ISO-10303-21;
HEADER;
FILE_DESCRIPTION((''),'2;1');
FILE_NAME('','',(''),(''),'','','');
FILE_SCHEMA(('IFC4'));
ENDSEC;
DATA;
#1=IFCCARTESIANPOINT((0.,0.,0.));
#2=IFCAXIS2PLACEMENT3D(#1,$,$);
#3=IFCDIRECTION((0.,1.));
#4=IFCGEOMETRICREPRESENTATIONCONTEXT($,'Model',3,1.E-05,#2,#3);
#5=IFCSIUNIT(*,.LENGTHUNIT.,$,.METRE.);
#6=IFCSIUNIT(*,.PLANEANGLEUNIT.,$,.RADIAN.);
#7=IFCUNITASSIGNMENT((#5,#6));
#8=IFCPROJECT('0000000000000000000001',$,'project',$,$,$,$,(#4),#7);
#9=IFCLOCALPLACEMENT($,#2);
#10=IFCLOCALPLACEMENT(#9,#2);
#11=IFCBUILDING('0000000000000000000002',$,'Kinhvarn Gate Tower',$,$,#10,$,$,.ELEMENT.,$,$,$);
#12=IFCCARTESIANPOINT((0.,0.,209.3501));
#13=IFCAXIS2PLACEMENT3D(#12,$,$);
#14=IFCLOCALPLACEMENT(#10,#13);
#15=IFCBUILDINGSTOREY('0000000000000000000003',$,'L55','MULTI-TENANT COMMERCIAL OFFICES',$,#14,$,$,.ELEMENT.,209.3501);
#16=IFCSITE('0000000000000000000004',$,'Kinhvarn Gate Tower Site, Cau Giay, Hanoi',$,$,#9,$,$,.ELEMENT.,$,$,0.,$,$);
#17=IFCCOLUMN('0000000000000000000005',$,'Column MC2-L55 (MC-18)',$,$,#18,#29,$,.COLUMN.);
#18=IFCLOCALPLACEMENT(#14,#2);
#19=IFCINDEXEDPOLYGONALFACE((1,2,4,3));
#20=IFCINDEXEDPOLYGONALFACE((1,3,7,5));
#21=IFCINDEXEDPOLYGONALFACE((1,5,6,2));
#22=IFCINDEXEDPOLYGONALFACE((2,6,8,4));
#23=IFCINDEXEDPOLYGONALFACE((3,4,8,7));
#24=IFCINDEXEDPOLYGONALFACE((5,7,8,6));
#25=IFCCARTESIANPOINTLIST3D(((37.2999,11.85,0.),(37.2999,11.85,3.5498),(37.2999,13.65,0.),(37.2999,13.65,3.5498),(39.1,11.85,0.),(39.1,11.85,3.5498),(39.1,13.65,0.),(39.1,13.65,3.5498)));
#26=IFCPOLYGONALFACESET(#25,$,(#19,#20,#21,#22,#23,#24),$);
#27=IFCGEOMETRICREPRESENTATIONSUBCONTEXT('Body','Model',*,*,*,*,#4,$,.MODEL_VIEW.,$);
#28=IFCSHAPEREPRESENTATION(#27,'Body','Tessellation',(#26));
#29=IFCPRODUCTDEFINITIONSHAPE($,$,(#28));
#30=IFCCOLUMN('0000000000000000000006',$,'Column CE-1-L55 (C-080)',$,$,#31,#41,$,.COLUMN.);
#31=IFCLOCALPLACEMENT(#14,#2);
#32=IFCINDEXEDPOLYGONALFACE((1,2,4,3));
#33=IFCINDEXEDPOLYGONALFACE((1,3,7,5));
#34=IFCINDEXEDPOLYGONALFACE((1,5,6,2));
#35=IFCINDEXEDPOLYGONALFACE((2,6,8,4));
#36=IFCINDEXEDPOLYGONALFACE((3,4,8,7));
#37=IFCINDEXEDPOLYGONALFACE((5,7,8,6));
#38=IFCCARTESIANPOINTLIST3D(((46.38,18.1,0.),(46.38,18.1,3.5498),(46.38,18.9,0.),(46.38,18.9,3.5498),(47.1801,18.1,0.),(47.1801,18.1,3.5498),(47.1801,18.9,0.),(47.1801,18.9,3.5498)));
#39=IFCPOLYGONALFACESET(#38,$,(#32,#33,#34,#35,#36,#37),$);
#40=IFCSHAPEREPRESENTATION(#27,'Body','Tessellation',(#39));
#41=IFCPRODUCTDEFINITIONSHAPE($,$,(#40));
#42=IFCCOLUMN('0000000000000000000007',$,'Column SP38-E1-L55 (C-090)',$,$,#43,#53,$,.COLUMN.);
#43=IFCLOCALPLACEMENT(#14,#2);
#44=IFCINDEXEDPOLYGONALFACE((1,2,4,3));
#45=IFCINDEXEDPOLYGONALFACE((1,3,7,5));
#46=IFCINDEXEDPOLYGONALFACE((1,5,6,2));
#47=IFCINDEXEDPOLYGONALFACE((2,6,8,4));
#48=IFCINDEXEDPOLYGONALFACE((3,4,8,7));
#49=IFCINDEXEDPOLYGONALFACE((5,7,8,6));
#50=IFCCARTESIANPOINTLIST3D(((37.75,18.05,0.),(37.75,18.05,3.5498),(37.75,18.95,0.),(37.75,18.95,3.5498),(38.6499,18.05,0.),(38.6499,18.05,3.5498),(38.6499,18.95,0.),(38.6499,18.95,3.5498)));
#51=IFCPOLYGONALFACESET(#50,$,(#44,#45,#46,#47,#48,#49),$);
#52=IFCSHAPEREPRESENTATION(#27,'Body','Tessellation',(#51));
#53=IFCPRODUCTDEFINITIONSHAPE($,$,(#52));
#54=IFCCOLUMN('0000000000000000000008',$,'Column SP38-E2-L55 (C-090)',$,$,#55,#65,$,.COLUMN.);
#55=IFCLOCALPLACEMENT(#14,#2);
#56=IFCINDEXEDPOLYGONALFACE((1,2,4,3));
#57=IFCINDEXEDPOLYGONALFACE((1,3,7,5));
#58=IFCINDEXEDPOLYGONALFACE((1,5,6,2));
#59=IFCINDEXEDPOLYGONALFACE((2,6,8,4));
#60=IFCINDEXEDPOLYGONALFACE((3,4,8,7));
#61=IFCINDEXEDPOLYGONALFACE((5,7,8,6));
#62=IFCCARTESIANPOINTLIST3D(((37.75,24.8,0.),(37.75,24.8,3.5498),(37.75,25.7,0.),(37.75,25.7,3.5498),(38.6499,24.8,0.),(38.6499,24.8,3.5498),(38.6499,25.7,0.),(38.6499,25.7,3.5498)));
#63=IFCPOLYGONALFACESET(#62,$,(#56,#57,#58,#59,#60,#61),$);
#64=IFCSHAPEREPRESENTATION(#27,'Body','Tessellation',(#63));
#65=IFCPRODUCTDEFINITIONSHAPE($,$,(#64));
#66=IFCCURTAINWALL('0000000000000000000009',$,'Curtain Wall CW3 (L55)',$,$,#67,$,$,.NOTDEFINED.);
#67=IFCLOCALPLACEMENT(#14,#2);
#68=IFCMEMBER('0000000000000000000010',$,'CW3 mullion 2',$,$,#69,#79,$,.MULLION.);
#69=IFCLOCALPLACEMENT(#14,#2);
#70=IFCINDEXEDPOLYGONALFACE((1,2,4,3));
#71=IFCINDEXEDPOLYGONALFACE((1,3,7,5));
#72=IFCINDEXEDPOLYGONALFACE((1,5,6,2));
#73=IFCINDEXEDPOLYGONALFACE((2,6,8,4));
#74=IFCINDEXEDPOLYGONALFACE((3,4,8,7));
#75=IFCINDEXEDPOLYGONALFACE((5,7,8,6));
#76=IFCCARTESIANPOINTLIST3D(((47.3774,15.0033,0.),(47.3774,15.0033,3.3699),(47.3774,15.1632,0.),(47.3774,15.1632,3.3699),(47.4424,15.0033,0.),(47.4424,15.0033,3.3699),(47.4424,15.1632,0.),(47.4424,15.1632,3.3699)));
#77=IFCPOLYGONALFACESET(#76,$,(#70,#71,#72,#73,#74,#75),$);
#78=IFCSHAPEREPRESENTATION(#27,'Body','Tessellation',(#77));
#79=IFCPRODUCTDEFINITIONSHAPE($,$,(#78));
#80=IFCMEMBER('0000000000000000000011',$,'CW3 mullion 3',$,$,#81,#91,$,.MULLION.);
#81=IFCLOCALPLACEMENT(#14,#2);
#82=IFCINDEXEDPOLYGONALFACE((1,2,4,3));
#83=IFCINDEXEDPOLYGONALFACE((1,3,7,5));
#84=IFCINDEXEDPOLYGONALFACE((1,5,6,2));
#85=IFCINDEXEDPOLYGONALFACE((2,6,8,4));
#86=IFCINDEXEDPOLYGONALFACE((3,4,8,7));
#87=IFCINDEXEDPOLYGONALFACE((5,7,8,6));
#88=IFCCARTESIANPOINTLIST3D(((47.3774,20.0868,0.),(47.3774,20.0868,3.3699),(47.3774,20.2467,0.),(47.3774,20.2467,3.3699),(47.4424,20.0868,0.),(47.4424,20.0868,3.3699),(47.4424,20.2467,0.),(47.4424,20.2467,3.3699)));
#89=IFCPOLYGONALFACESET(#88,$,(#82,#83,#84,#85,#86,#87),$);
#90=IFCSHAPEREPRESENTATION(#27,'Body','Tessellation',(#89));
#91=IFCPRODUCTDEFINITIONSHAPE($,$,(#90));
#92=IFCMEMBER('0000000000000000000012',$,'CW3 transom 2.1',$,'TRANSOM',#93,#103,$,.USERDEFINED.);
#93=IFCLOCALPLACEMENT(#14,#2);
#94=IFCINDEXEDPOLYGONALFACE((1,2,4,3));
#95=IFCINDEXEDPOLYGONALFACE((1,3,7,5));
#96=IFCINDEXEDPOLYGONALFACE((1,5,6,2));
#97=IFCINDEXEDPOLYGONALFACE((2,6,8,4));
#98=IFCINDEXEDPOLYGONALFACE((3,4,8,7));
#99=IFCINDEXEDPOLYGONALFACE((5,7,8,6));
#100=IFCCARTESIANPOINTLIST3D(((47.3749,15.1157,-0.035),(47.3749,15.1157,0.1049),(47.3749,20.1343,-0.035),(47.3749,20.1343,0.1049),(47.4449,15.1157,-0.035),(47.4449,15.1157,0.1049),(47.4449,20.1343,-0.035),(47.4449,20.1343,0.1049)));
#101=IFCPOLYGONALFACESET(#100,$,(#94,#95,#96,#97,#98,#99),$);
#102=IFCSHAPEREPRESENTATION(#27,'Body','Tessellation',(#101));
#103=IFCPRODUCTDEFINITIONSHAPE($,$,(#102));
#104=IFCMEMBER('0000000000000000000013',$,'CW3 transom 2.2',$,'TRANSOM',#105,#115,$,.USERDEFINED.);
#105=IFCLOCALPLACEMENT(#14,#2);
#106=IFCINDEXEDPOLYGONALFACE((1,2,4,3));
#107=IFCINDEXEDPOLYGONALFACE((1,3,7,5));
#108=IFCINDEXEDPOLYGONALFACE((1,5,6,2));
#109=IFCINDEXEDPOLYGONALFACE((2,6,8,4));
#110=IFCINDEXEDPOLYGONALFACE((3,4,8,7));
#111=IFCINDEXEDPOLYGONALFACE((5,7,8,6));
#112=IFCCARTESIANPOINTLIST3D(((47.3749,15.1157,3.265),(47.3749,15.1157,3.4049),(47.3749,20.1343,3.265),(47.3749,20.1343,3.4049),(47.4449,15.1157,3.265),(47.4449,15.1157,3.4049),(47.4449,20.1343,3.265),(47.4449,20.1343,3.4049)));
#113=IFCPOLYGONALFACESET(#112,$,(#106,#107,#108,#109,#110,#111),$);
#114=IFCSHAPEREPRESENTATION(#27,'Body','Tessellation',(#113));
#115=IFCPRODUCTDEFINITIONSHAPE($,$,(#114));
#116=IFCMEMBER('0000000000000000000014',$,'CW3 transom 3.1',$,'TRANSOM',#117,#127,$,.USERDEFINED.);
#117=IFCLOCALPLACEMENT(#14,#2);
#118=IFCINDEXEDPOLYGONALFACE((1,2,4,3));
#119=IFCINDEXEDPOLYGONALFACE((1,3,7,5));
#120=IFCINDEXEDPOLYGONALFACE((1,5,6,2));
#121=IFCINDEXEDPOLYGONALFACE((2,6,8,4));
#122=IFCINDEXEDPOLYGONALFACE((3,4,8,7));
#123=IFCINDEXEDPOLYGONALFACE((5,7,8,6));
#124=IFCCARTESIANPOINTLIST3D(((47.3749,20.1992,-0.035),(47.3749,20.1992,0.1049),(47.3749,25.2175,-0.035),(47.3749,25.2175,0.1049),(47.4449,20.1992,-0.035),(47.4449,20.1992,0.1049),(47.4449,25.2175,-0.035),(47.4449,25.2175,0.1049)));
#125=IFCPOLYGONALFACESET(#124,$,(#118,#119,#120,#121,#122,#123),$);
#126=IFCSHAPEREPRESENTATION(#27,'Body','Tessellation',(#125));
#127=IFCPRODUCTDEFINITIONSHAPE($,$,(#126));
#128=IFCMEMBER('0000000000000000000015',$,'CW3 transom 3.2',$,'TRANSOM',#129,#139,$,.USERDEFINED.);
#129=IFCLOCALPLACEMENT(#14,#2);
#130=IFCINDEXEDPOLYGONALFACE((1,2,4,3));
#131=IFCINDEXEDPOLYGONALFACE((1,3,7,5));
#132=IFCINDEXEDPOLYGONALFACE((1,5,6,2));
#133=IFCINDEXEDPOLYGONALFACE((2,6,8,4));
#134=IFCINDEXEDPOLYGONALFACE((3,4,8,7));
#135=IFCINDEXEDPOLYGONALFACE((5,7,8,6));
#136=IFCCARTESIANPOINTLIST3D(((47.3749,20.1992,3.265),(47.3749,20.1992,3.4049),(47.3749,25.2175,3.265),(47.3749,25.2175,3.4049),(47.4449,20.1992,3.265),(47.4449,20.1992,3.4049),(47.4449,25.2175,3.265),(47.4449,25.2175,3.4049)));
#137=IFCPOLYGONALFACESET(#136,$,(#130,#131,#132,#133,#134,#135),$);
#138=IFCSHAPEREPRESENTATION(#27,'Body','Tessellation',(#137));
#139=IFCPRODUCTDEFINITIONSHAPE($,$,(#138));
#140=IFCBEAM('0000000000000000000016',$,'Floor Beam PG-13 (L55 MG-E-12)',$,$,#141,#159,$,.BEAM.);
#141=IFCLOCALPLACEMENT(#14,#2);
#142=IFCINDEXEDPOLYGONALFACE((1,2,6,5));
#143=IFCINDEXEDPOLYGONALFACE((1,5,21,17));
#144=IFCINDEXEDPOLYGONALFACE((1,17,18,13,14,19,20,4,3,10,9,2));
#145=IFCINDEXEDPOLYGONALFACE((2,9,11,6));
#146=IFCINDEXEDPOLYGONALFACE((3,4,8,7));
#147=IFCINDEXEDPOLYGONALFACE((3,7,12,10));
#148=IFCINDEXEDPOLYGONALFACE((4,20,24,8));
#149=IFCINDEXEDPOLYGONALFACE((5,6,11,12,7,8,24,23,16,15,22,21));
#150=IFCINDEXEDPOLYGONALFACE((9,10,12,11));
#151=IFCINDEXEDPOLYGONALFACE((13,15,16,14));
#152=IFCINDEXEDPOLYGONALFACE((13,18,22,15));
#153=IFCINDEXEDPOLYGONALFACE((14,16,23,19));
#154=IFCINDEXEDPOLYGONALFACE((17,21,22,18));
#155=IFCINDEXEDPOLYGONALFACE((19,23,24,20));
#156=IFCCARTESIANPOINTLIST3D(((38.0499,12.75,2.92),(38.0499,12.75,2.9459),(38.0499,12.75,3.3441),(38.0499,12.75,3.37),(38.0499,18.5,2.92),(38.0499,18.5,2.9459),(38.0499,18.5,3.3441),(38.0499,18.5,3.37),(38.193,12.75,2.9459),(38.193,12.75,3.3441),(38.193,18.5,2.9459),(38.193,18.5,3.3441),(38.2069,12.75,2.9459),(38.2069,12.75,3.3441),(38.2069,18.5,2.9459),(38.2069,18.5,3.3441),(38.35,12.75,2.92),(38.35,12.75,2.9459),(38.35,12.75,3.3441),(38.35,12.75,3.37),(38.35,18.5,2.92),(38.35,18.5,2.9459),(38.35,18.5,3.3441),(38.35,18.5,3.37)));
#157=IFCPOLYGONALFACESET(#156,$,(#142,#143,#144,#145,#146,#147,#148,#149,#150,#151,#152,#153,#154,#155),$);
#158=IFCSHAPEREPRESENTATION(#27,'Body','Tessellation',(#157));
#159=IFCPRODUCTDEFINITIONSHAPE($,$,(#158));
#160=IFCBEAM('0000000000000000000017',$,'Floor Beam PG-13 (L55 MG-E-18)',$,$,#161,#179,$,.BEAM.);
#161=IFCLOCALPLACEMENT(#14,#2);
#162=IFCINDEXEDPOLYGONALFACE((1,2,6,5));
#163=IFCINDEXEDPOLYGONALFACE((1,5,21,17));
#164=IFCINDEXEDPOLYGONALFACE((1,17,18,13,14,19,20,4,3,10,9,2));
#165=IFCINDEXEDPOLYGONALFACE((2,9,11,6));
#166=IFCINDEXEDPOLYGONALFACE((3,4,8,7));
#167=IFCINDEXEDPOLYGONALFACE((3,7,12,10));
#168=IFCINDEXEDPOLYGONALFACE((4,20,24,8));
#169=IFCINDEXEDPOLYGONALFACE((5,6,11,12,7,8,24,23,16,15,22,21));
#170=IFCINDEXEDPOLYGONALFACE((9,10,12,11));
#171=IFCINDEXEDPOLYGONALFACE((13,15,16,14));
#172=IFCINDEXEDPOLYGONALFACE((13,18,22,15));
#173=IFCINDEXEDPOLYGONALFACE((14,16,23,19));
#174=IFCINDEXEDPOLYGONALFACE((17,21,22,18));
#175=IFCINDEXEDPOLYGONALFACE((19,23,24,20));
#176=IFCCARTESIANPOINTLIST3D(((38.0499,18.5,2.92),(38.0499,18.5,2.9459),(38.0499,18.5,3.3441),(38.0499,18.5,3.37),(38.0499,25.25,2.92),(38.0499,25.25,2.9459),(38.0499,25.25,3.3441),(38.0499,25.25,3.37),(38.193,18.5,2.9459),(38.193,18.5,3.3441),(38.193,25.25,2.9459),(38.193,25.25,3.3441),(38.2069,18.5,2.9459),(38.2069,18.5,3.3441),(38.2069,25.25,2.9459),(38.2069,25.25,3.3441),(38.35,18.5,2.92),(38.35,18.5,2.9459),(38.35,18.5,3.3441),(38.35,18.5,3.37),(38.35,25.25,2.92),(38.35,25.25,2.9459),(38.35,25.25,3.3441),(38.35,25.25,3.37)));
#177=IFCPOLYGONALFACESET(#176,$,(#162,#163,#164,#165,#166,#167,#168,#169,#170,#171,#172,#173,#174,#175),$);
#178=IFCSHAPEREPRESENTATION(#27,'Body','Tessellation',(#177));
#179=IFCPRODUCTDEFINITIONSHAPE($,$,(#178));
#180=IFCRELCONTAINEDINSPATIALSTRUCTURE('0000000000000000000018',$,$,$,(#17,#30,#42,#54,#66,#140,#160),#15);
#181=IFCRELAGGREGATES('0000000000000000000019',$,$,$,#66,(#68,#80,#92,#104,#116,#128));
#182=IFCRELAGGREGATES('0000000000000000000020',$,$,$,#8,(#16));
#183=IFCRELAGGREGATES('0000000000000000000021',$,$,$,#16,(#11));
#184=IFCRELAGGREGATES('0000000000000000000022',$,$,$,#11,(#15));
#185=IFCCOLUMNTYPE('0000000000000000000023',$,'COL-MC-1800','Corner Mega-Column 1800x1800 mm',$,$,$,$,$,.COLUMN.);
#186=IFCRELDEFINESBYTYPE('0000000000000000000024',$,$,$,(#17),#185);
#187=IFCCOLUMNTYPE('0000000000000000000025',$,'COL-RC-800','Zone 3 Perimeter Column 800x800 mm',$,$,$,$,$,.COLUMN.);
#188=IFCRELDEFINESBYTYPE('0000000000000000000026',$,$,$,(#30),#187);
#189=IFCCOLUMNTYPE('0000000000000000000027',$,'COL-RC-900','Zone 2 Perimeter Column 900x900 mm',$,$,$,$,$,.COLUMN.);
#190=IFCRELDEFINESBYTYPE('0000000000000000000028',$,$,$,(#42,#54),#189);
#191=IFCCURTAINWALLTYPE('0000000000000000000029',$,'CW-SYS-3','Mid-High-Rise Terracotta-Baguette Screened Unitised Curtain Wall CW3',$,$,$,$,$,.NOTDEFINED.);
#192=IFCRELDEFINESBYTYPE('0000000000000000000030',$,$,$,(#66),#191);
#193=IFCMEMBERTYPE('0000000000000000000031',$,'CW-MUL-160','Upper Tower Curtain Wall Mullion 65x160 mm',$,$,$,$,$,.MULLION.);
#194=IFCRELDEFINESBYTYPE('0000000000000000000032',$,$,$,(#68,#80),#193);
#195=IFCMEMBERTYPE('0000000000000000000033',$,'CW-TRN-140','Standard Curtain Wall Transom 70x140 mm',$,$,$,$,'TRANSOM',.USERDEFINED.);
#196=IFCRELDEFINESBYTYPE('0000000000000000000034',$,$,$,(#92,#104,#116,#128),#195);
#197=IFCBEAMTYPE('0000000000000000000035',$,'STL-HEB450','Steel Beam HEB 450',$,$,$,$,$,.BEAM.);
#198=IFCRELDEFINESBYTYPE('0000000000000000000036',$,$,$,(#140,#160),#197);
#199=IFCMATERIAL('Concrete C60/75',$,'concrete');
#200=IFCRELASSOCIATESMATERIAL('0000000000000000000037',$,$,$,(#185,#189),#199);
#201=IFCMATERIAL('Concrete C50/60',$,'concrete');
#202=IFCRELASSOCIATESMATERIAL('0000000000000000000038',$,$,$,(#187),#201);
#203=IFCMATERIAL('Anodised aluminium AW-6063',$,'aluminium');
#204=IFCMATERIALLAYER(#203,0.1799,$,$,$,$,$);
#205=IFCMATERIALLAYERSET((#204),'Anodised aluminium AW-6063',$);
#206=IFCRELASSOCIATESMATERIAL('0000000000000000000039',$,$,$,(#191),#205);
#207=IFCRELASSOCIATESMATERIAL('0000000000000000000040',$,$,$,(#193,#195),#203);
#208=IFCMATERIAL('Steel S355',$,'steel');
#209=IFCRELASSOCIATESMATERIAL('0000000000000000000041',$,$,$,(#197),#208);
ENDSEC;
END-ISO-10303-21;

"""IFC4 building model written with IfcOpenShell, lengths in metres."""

from ifc_helpers import new_model, si_unit, direction, frame, origin, origin_2d, place, context, subcontext, project, spatial, rectangle, i_section, extrude, material, layer, layer_set, material_profile, profile_set, type_object, element, aggregate, save


model = new_model("IFC4")

# Units and contexts
model_context = context("Model", 3, precision=1e-05, world=origin(), true_north=direction((0.0, 1.0)))
body_context = subcontext(model_context, "Body", "Model", "MODEL_VIEW")
ifc_project = project(units=[si_unit("LENGTHUNIT", "METRE"), si_unit("PLANEANGLEUNIT", "RADIAN")], contexts=[model_context])

# Site, building, storey
site_placement = place(None, origin())
site = spatial("IfcSite", under=ifc_project, at=site_placement, Name="Kinhvarn Gate Tower Site, Cau Giay, Hanoi", CompositionType="ELEMENT", RefElevation=0.0)
building_placement = place(site_placement, origin())
building = spatial("IfcBuilding", under=site, at=building_placement, Name="Kinhvarn Gate Tower", CompositionType="ELEMENT")
storey_placement = place(building_placement, frame((0.0, 0.0, 209.3501)))
storey = spatial("IfcBuildingStorey", under=building, at=storey_placement, Name="L55", Description="MULTI-TENANT COMMERCIAL OFFICES", CompositionType="ELEMENT", Elevation=209.3501)

# Columns
ifc_material_1 = material(Name="Concrete C60/75", Category="concrete")
ifc_material_profile_1 = material_profile(ifc_material_1, rectangle(XDim=1.8, YDim=1.8, at=origin_2d()), Name="RC 1800x1800")
ifc_profile_set_1 = profile_set([ifc_material_profile_1], Name="Concrete C60/75")
column_type_1 = type_object("IfcColumnType", Name="COL-MC-1800", Description="Corner Mega-Column 1800x1800 mm", PredefinedType="COLUMN", material=ifc_profile_set_1)
column_1_placement = place(storey_placement, frame((38.2, 12.75, 0.0), z_axis=(0.0, 0.0, 1.0), x_axis=(1.0, 0.0, 0.0)))
element("IfcColumn", 1, at=column_1_placement, inside=storey, type_object=column_type_1, Name="Column MC2-L55 (MC-18)", PredefinedType="COLUMN", context=body_context, shape_type="SweptSolid", body=[
    extrude(rectangle(XDim=1.8, YDim=1.8, at=origin_2d()), origin(), (0.0, 0.0, 1.0), 3.5498),
])
ifc_material_2 = material(Name="Concrete C50/60", Category="concrete")
ifc_material_profile_2 = material_profile(ifc_material_2, rectangle(XDim=0.8, YDim=0.8, at=origin_2d()), Name="RC 800x800")
ifc_profile_set_2 = profile_set([ifc_material_profile_2], Name="Concrete C50/60")
column_type_2 = type_object("IfcColumnType", Name="COL-RC-800", Description="Zone 3 Perimeter Column 800x800 mm", PredefinedType="COLUMN", material=ifc_profile_set_2)
column_2_placement = place(storey_placement, frame((46.78, 18.5, 0.0), z_axis=(0.0, 0.0, 1.0), x_axis=(1.0, 0.0, 0.0)))
element("IfcColumn", 2, at=column_2_placement, inside=storey, type_object=column_type_2, Name="Column CE-1-L55 (C-080)", PredefinedType="COLUMN", context=body_context, shape_type="SweptSolid", body=[
    extrude(rectangle(XDim=0.8, YDim=0.8, at=origin_2d()), origin(), (0.0, 0.0, 1.0), 3.5498),
])
ifc_material_profile_3 = material_profile(ifc_material_1, rectangle(XDim=0.8999, YDim=0.8999, at=origin_2d()), Name="RC 900x900")
ifc_profile_set_3 = profile_set([ifc_material_profile_3], Name="Concrete C60/75")
column_type_3 = type_object("IfcColumnType", Name="COL-RC-900", Description="Zone 2 Perimeter Column 900x900 mm", PredefinedType="COLUMN", material=ifc_profile_set_3)
for number, where, z_axis, x_axis, name in (
    (3, (38.2, 18.5, 0.0), (0.0, 0.0, 1.0), (1.0, 0.0, 0.0), "Column SP38-E1-L55 (C-090)"),
    (4, (38.2, 25.25, 0.0), (0.0, 0.0, 1.0), (1.0, 0.0, 0.0), "Column SP38-E2-L55 (C-090)"),
):
    element("IfcColumn", number, at=place(storey_placement, frame(where, z_axis=z_axis, x_axis=x_axis)), inside=storey, type_object=column_type_3, Name=name, PredefinedType="COLUMN", context=body_context, shape_type="SweptSolid", body=[
        extrude(rectangle(XDim=0.8999, YDim=0.8999, at=origin_2d()), origin(), (0.0, 0.0, 1.0), 3.5498),
    ])

# Curtain wall, members
ifc_material_3 = material(Name="Anodised aluminium AW-6063", Category="aluminium")
ifc_layer_1 = layer(ifc_material_3, 0.1799)
ifc_layer_set_1 = layer_set([ifc_layer_1], Name="Anodised aluminium AW-6063")
curtain_wall_type = type_object("IfcCurtainWallType", Name="CW-SYS-3", Description="Mid-High-Rise Terracotta-Baguette Screened Unitised Curtain Wall CW3", PredefinedType="NOTDEFINED", material=ifc_layer_set_1)
curtain_wall_placement = place(storey_placement, origin())
curtain_wall = element("IfcCurtainWall", 5, at=curtain_wall_placement, inside=storey, type_object=curtain_wall_type, Name="Curtain Wall CW3 (L55)", PredefinedType="NOTDEFINED")
ifc_material_profile_4 = material_profile(ifc_material_3, rectangle(XDim=0.0649, YDim=0.1599, at=origin_2d()), Name="ALU 65x160")
ifc_profile_set_4 = profile_set([ifc_material_profile_4], Name="Anodised aluminium AW-6063")
member_type_1 = type_object("IfcMemberType", Name="CW-MUL-160", Description="Upper Tower Curtain Wall Mullion 65x160 mm", PredefinedType="MULLION", material=ifc_profile_set_4)
member_1_placement = place(storey_placement, frame((47.4099, 15.0833, 0.0), z_axis=(0.0, 0.0, 1.0), x_axis=(-1.0, 0.0, 0.0)))
member_1 = element("IfcMember", 6, at=member_1_placement, type_object=member_type_1, Name="CW3 mullion 2", PredefinedType="MULLION", context=body_context, shape_type="SweptSolid", body=[
    extrude(rectangle(XDim=0.0649, YDim=0.1599, at=origin_2d()), origin(), (0.0, 0.0, 1.0), 3.3699),
])
member_2_placement = place(storey_placement, frame((47.4099, 20.1667, 0.0), z_axis=(0.0, 0.0, 1.0), x_axis=(-1.0, 0.0, 0.0)))
member_2 = element("IfcMember", 7, at=member_2_placement, type_object=member_type_1, Name="CW3 mullion 3", PredefinedType="MULLION", context=body_context, shape_type="SweptSolid", body=[
    extrude(rectangle(XDim=0.0649, YDim=0.1599, at=origin_2d()), origin(), (0.0, 0.0, 1.0), 3.3699),
])
ifc_material_profile_5 = material_profile(ifc_material_3, rectangle(XDim=0.0701, YDim=0.1399, at=origin_2d()), Name="ALU 70x140")
ifc_profile_set_5 = profile_set([ifc_material_profile_5], Name="Anodised aluminium AW-6063")
member_type_2 = type_object("IfcMemberType", Name="CW-TRN-140", Description="Standard Curtain Wall Transom 70x140 mm", ElementType="TRANSOM", PredefinedType="USERDEFINED", material=ifc_profile_set_5)
member_3_placement = place(storey_placement, frame((47.4099, 15.1157, 0.0349), z_axis=(0.0, 1.0, 0.0), x_axis=(-1.0, 0.0, 0.0)))
member_3 = element("IfcMember", 8, at=member_3_placement, type_object=member_type_2, Name="CW3 transom 2.1", ObjectType="TRANSOM", PredefinedType="USERDEFINED", context=body_context, shape_type="SweptSolid", body=[
    extrude(rectangle(XDim=0.0701, YDim=0.1399, at=origin_2d()), origin(), (0.0, 0.0, 1.0), 5.0186),
])
member_4_placement = place(storey_placement, frame((47.4099, 15.1157, 3.335), z_axis=(0.0, 1.0, 0.0), x_axis=(-1.0, 0.0, 0.0)))
member_4 = element("IfcMember", 9, at=member_4_placement, type_object=member_type_2, Name="CW3 transom 2.2", ObjectType="TRANSOM", PredefinedType="USERDEFINED", context=body_context, shape_type="SweptSolid", body=[
    extrude(rectangle(XDim=0.0701, YDim=0.1399, at=origin_2d()), origin(), (0.0, 0.0, 1.0), 5.0186),
])
member_5_placement = place(storey_placement, frame((47.4099, 20.1992, 0.0349), z_axis=(0.0, 1.0, 0.0), x_axis=(-1.0, 0.0, 0.0)))
member_5 = element("IfcMember", 10, at=member_5_placement, type_object=member_type_2, Name="CW3 transom 3.1", ObjectType="TRANSOM", PredefinedType="USERDEFINED", context=body_context, shape_type="SweptSolid", body=[
    extrude(rectangle(XDim=0.0701, YDim=0.1399, at=origin_2d()), origin(), (0.0, 0.0, 1.0), 5.0183),
])
member_6_placement = place(storey_placement, frame((47.4099, 20.1992, 3.335), z_axis=(0.0, 1.0, 0.0), x_axis=(-1.0, 0.0, 0.0)))
member_6 = element("IfcMember", 11, at=member_6_placement, type_object=member_type_2, Name="CW3 transom 3.2", ObjectType="TRANSOM", PredefinedType="USERDEFINED", context=body_context, shape_type="SweptSolid", body=[
    extrude(rectangle(XDim=0.0701, YDim=0.1399, at=origin_2d()), origin(), (0.0, 0.0, 1.0), 5.0183),
])

# Beams
ifc_material_4 = material(Name="Steel S355", Category="steel")
ifc_material_profile_6 = material_profile(ifc_material_4, i_section(OverallWidth=0.3, OverallDepth=0.45, WebThickness=0.0139, FlangeThickness=0.0259, at=origin_2d()), Name="HEB 450")
ifc_profile_set_6 = profile_set([ifc_material_profile_6], Name="Steel S355")
beam_type_1 = type_object("IfcBeamType", Name="STL-HEB450", Description="Steel Beam HEB 450", PredefinedType="BEAM", material=ifc_profile_set_6)
beam_1_placement = place(storey_placement, frame((38.2, 12.75, 3.145), z_axis=(0.0, 1.0, 0.0), x_axis=(-1.0, 0.0, 0.0)))
element("IfcBeam", 12, at=beam_1_placement, inside=storey, type_object=beam_type_1, Name="Floor Beam PG-13 (L55 MG-E-12)", PredefinedType="BEAM", context=body_context, shape_type="SweptSolid", body=[
    extrude(i_section(OverallWidth=0.3, OverallDepth=0.45, WebThickness=0.0139, FlangeThickness=0.0259, at=origin_2d()), origin(), (0.0, 0.0, 1.0), 5.75),
])
for number, where, z_axis, x_axis, name in (
    (13, (38.2, 18.5, 3.145), (0.0, 1.0, 0.0), (-1.0, 0.0, 0.0), "Floor Beam PG-13 (L55 MG-E-18)"),
):
    element("IfcBeam", number, at=place(storey_placement, frame(where, z_axis=z_axis, x_axis=x_axis)), inside=storey, type_object=beam_type_1, Name=name, PredefinedType="BEAM", context=body_context, shape_type="SweptSolid", body=[
        extrude(i_section(OverallWidth=0.3, OverallDepth=0.45, WebThickness=0.0139, FlangeThickness=0.0259, at=origin_2d()), origin(), (0.0, 0.0, 1.0), 6.75),
    ])

aggregate(curtain_wall, [member_1, member_2, member_3, member_4, member_5, member_6])

save(model, "model.ifc")
